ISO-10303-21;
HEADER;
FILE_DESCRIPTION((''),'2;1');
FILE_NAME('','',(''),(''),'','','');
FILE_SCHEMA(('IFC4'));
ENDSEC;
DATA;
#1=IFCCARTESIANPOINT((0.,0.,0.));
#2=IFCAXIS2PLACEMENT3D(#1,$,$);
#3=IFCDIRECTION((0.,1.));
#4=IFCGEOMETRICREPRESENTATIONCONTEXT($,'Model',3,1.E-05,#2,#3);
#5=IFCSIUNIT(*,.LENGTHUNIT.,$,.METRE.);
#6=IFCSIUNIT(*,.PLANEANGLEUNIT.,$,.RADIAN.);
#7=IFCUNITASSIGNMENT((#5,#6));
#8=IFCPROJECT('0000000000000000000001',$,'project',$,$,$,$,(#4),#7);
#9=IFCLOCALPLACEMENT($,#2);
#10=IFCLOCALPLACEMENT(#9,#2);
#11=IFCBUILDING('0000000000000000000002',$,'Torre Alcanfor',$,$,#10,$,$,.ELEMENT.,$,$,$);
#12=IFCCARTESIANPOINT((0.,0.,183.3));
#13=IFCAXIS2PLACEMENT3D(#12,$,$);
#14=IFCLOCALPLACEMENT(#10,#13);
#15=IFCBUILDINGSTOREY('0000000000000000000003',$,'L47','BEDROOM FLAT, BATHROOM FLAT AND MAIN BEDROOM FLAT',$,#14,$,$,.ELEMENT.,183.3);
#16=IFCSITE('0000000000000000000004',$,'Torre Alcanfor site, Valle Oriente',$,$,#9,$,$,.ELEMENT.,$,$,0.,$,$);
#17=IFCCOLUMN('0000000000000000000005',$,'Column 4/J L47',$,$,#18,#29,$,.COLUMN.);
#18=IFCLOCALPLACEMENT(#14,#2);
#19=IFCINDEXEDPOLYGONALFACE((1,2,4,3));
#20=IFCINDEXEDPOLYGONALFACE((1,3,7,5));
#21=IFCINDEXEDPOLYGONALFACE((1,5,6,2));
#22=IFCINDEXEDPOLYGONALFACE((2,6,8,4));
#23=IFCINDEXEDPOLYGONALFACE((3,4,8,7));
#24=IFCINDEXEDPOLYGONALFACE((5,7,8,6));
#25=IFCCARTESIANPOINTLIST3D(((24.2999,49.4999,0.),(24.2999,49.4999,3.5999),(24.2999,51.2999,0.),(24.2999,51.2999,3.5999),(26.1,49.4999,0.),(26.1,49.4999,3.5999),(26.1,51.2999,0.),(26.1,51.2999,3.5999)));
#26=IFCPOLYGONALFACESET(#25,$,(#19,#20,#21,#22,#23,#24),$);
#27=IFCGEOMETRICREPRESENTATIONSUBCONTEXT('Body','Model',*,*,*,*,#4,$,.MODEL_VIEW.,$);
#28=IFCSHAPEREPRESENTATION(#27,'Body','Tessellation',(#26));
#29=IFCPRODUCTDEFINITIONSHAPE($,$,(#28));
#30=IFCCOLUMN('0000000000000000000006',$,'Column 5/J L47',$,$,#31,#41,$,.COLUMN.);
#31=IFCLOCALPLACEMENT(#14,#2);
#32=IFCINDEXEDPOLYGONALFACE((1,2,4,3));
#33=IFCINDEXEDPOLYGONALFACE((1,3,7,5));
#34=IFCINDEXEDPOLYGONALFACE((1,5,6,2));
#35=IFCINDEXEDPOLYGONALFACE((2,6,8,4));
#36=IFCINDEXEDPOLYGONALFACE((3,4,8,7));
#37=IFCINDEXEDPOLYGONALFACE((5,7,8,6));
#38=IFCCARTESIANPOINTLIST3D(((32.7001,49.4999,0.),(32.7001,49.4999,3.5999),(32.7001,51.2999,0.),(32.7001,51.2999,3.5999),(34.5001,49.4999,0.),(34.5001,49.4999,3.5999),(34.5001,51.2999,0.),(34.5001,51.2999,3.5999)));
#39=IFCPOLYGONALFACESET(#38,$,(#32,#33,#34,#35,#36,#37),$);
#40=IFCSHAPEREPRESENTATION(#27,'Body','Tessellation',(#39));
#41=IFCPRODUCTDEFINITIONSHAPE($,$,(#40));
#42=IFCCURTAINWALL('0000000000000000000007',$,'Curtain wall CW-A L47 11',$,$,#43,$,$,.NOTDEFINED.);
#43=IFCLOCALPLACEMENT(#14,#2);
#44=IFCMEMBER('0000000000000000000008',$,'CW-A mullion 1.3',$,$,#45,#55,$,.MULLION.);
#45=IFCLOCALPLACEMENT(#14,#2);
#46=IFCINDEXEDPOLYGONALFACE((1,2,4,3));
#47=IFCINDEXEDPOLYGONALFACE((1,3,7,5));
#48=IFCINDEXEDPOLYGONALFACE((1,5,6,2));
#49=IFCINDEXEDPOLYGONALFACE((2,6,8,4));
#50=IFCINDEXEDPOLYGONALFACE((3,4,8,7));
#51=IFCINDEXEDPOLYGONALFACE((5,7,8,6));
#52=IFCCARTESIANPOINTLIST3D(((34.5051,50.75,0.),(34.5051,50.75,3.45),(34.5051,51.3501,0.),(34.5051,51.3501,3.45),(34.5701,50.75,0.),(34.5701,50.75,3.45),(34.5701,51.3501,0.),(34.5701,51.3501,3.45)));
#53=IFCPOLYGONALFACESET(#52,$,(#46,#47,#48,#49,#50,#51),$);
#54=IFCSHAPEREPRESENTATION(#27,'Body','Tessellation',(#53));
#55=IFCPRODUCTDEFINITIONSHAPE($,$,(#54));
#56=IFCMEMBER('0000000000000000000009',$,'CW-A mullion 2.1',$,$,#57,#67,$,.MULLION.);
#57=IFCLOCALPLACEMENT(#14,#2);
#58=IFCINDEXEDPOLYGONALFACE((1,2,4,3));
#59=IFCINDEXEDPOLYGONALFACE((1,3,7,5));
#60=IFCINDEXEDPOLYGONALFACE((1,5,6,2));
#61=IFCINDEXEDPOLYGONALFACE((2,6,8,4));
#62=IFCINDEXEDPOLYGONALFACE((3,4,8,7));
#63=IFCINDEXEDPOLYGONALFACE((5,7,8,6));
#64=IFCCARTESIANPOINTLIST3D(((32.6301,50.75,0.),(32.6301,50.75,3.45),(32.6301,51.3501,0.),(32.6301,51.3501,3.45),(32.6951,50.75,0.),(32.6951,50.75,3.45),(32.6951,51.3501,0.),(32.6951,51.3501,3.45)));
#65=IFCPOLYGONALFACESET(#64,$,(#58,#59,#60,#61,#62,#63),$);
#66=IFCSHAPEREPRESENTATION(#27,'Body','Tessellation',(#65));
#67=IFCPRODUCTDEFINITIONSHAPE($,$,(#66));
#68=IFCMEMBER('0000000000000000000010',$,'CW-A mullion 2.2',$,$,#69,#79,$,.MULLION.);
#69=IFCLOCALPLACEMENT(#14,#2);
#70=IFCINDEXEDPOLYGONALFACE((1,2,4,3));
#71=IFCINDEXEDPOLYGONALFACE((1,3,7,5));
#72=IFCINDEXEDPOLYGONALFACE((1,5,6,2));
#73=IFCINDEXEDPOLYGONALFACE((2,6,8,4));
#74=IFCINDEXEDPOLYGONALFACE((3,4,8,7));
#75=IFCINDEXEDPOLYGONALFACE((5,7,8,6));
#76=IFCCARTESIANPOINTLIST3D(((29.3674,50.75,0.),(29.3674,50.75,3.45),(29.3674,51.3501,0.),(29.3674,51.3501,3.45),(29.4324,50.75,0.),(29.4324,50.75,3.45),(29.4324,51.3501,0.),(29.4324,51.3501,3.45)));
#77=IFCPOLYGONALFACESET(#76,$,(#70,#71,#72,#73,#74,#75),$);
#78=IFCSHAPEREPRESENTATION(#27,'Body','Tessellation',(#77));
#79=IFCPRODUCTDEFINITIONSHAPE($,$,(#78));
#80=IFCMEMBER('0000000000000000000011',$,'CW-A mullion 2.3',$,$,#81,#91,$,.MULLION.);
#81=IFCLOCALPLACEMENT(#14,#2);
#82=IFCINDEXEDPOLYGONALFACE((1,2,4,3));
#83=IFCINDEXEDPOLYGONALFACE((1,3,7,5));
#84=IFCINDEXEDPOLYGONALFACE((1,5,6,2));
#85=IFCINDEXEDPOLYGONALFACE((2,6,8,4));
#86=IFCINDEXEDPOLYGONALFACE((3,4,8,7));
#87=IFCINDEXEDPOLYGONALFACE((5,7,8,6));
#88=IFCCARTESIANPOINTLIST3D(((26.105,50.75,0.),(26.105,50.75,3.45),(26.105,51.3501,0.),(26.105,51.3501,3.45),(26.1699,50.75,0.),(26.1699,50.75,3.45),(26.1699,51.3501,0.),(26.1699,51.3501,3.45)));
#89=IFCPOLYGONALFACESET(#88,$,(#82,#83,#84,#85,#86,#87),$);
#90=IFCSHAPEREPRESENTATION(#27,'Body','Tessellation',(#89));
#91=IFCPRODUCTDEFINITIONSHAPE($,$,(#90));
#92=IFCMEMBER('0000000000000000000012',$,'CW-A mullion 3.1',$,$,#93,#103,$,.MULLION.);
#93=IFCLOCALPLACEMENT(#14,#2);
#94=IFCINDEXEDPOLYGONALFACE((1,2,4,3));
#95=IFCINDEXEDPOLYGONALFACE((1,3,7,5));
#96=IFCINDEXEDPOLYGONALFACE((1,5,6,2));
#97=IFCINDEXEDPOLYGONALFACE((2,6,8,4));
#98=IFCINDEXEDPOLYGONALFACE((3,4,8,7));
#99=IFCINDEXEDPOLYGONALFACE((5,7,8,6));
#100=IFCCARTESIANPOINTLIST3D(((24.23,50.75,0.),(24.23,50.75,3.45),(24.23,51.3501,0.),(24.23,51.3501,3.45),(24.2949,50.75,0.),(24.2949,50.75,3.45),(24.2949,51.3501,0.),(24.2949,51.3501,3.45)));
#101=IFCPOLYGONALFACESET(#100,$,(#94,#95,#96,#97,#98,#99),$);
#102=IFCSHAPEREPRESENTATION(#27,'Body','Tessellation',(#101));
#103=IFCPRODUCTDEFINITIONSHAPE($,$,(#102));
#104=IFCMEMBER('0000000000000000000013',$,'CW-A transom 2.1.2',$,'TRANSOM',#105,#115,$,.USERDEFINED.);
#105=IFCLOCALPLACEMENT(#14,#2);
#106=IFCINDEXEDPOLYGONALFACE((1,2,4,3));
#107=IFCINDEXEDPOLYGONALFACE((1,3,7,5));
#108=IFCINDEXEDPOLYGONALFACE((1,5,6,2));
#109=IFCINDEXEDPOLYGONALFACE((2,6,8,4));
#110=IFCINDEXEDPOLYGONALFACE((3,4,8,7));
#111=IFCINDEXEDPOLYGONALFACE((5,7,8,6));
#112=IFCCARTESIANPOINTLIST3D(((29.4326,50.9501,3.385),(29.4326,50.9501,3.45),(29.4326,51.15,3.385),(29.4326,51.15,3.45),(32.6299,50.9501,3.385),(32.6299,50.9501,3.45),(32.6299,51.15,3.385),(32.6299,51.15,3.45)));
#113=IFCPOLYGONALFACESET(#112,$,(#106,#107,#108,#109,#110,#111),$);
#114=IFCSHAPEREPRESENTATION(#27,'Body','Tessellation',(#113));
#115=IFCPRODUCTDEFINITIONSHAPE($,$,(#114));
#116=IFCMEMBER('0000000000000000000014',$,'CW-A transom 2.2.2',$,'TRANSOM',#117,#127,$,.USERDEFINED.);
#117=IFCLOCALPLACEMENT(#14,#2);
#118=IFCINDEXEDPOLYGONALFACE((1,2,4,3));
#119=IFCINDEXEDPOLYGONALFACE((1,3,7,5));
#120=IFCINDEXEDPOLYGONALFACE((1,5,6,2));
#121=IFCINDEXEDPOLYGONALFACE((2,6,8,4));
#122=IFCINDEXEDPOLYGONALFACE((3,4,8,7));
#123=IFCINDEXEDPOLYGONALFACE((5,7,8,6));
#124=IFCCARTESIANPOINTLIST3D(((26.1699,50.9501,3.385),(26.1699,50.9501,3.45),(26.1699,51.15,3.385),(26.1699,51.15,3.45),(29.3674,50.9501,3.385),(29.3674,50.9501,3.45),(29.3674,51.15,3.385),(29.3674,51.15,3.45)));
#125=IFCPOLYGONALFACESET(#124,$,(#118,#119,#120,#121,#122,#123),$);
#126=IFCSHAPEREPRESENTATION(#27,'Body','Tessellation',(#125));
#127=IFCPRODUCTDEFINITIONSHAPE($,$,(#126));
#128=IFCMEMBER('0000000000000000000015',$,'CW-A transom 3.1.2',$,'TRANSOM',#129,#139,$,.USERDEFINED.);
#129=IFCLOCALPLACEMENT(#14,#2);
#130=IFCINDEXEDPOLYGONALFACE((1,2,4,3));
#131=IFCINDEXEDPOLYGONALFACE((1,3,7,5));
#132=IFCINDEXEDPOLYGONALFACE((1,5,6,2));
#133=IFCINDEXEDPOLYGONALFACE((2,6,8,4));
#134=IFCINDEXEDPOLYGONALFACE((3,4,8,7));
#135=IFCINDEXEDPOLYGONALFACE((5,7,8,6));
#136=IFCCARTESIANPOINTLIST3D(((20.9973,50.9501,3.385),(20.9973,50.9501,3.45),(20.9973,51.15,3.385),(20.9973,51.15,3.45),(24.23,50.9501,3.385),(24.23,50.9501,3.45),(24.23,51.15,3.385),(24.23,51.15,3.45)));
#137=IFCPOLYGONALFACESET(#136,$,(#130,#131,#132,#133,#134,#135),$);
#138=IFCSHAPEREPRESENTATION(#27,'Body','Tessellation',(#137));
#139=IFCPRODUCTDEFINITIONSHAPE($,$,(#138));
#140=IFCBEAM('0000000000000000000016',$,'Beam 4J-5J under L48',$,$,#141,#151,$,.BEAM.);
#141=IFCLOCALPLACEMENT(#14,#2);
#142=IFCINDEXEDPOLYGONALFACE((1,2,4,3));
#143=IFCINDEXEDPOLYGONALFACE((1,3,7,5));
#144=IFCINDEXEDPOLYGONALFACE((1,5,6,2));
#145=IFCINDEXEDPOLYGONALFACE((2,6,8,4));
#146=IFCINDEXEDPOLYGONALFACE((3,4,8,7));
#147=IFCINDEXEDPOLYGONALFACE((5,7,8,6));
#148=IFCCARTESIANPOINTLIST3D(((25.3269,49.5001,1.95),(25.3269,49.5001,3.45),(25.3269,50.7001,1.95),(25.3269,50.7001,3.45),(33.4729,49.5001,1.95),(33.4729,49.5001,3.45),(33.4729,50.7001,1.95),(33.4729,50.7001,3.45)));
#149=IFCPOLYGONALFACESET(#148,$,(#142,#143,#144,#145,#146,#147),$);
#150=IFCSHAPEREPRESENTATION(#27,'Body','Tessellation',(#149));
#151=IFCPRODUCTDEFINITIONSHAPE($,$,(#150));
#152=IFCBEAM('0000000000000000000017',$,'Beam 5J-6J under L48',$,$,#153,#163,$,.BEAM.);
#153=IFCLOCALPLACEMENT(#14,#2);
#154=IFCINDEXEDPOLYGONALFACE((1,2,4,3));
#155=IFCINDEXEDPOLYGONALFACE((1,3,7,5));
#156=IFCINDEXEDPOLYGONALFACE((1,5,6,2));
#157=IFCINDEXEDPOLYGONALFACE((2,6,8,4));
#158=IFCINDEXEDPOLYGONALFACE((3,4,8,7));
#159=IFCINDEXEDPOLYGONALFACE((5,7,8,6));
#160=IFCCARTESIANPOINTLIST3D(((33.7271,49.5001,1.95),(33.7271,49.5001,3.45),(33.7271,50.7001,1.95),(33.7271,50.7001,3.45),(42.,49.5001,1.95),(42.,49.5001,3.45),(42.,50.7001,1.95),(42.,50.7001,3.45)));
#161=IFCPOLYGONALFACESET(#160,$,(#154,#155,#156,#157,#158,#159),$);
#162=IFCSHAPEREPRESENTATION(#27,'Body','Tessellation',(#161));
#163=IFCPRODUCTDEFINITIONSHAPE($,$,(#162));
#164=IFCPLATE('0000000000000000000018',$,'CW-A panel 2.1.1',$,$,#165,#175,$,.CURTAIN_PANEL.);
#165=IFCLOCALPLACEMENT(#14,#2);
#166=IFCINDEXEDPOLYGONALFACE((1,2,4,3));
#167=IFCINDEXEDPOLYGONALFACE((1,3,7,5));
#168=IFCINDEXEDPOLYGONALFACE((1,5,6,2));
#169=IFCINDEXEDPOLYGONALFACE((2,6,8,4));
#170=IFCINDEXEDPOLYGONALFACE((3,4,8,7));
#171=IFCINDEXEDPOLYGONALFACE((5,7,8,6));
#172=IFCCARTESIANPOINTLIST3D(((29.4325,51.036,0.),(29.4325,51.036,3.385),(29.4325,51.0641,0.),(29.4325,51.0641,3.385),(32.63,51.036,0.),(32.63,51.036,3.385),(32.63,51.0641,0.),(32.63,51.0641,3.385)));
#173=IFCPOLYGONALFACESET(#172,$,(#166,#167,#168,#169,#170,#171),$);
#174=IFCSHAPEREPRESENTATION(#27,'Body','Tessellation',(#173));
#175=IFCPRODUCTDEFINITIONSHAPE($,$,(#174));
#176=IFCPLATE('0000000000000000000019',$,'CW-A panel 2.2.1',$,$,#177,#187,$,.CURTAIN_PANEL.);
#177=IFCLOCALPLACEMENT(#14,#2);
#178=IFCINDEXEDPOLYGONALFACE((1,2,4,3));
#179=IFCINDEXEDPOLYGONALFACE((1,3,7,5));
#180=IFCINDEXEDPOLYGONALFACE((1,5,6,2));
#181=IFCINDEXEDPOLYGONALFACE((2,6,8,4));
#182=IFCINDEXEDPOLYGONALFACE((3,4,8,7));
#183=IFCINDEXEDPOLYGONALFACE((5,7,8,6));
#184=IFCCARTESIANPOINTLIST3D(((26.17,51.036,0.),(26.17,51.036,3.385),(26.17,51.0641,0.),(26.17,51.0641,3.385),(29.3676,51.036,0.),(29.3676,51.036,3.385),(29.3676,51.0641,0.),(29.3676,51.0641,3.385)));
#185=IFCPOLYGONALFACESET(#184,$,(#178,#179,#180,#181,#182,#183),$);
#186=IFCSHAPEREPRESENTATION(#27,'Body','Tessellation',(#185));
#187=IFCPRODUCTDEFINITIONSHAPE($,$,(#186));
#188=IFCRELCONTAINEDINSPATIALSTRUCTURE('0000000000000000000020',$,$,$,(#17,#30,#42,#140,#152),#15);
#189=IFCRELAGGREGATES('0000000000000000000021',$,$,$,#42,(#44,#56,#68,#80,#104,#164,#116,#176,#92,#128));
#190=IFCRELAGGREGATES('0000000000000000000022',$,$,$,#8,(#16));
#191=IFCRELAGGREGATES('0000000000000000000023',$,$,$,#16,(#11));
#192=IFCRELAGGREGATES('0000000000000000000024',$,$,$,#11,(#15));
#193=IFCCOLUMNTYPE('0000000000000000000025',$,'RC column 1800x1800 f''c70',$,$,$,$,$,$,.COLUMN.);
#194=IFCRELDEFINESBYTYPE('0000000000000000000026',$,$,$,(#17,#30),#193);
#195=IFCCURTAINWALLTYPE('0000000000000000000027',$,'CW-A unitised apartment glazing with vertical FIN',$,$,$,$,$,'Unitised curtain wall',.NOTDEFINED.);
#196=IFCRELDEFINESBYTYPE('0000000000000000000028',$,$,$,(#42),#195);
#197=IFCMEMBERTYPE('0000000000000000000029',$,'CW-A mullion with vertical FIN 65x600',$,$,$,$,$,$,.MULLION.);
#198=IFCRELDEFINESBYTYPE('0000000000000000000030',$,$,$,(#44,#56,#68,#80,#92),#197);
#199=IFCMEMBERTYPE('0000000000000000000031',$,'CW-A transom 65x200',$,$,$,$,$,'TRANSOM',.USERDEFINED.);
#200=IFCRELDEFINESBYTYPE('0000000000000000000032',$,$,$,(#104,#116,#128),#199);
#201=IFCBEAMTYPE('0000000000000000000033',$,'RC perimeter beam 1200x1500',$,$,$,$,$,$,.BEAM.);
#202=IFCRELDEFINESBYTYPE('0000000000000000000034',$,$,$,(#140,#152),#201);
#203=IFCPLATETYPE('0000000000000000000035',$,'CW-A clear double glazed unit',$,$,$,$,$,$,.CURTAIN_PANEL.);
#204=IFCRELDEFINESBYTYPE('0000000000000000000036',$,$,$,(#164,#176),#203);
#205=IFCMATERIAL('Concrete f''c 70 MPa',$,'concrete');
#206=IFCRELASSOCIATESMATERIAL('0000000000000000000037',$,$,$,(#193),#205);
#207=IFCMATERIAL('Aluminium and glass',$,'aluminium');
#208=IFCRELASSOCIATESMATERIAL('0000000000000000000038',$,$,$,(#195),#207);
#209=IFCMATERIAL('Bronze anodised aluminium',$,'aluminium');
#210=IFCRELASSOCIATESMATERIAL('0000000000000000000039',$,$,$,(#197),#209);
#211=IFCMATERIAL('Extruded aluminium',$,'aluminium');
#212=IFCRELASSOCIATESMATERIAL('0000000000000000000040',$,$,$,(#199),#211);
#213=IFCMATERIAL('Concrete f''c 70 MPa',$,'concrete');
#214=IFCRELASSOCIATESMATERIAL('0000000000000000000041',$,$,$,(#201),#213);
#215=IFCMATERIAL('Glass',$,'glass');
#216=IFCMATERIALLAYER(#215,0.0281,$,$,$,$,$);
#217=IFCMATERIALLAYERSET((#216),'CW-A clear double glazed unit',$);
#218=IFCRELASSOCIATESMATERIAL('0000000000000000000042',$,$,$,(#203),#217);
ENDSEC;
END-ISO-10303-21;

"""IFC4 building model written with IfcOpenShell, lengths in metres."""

from ifc_helpers import new_model, si_unit, direction, frame, origin, origin_2d, place, context, subcontext, project, spatial, rectangle, extrude, material, layer, layer_set, material_profile, profile_set, type_object, element, aggregate, save


model = new_model("IFC4")

# Units and contexts
model_context = context("Model", 3, precision=1e-05, world=origin(), true_north=direction((0.0, 1.0)))
body_context = subcontext(model_context, "Body", "Model", "MODEL_VIEW")
ifc_project = project(units=[si_unit("LENGTHUNIT", "METRE"), si_unit("PLANEANGLEUNIT", "RADIAN")], contexts=[model_context])

# Site, building, storey
site_placement = place(None, origin())
site = spatial("IfcSite", under=ifc_project, at=site_placement, Name="Torre Alcanfor site, Valle Oriente", CompositionType="ELEMENT", RefElevation=0.0)
building_placement = place(site_placement, origin())
building = spatial("IfcBuilding", under=site, at=building_placement, Name="Torre Alcanfor", CompositionType="ELEMENT")
storey_placement = place(building_placement, frame((0.0, 0.0, 183.3)))
storey = spatial("IfcBuildingStorey", under=building, at=storey_placement, Name="L47", Description="BEDROOM FLAT, BATHROOM FLAT AND MAIN BEDROOM FLAT", CompositionType="ELEMENT", Elevation=183.3)

# Columns
ifc_material_1 = material(Name="Concrete f'c 70 MPa", Category="concrete")
ifc_material_profile_1 = material_profile(ifc_material_1, rectangle(XDim=1.8, YDim=1.8, at=origin_2d()), Name="1800x1800")
ifc_profile_set_1 = profile_set([ifc_material_profile_1], Name="Concrete f'c 70 MPa")
column_type = type_object("IfcColumnType", Name="RC column 1800x1800 f'c70", PredefinedType="COLUMN", material=ifc_profile_set_1)
for number, where, z_axis, x_axis, name in (
    (1, (25.2, 50.3999, 0.0), (0.0, 0.0, 1.0), (1.0, 0.0, 0.0), "Column 4/J L47"),
    (2, (33.6001, 50.3999, 0.0), (0.0, 0.0, 1.0), (1.0, 0.0, 0.0), "Column 5/J L47"),
):
    element("IfcColumn", number, at=place(storey_placement, frame(where, z_axis=z_axis, x_axis=x_axis)), inside=storey, type_object=column_type, Name=name, PredefinedType="COLUMN", context=body_context, shape_type="SweptSolid", body=[
        extrude(rectangle(XDim=1.8, YDim=1.8, at=origin_2d()), origin(), (0.0, 0.0, 1.0), 3.5999),
    ])

# Curtain wall, members
ifc_material_2 = material(Name="Aluminium and glass", Category="aluminium")
curtain_wall_type = type_object("IfcCurtainWallType", Name="CW-A unitised apartment glazing with vertical FIN", ElementType="Unitised curtain wall", PredefinedType="NOTDEFINED", material=ifc_material_2)
curtain_wall_placement = place(storey_placement, origin())
curtain_wall = element("IfcCurtainWall", 3, at=curtain_wall_placement, inside=storey, type_object=curtain_wall_type, Name="Curtain wall CW-A L47 11", PredefinedType="NOTDEFINED")
ifc_material_3 = material(Name="Bronze anodised aluminium", Category="aluminium")
ifc_material_profile_2 = material_profile(ifc_material_3, rectangle(XDim=0.6001, YDim=0.0649, at=origin_2d()), Name="CW-A mullion 65x600")
ifc_profile_set_2 = profile_set([ifc_material_profile_2], Name="Bronze anodised aluminium")
member_type_1 = type_object("IfcMemberType", Name="CW-A mullion with vertical FIN 65x600", PredefinedType="MULLION", material=ifc_profile_set_2)
member_1_placement = place(storey_placement, frame((34.5376, 51.05, 0.0), z_axis=(0.0, 0.0, 1.0), x_axis=(0.0, -1.0, 0.0)))
member_1 = element("IfcMember", 4, at=member_1_placement, type_object=member_type_1, Name="CW-A mullion 1.3", PredefinedType="MULLION", context=body_context, shape_type="SweptSolid", body=[
    extrude(rectangle(XDim=0.6001, YDim=0.0649, at=origin_2d()), origin(), (0.0, 0.0, 1.0), 3.45),
])
member_2_placement = place(storey_placement, frame((32.6626, 51.05, 0.0), z_axis=(0.0, 0.0, 1.0), x_axis=(0.0, -1.0, 0.0)))
member_2 = element("IfcMember", 5, at=member_2_placement, type_object=member_type_1, Name="CW-A mullion 2.1", PredefinedType="MULLION", context=body_context, shape_type="SweptSolid", body=[
    extrude(rectangle(XDim=0.6001, YDim=0.0649, at=origin_2d()), origin(), (0.0, 0.0, 1.0), 3.45),
])
member_3_placement = place(storey_placement, frame((29.3999, 51.05, 0.0), z_axis=(0.0, 0.0, 1.0), x_axis=(0.0, -1.0, 0.0)))
member_3 = element("IfcMember", 6, at=member_3_placement, type_object=member_type_1, Name="CW-A mullion 2.2", PredefinedType="MULLION", context=body_context, shape_type="SweptSolid", body=[
    extrude(rectangle(XDim=0.6001, YDim=0.0649, at=origin_2d()), origin(), (0.0, 0.0, 1.0), 3.45),
])
member_4_placement = place(storey_placement, frame((26.1375, 51.05, 0.0), z_axis=(0.0, 0.0, 1.0), x_axis=(0.0, -1.0, 0.0)))
member_4 = element("IfcMember", 7, at=member_4_placement, type_object=member_type_1, Name="CW-A mullion 2.3", PredefinedType="MULLION", context=body_context, shape_type="SweptSolid", body=[
    extrude(rectangle(XDim=0.6001, YDim=0.0649, at=origin_2d()), origin(), (0.0, 0.0, 1.0), 3.45),
])
member_5_placement = place(storey_placement, frame((24.2625, 51.05, 0.0), z_axis=(0.0, 0.0, 1.0), x_axis=(0.0, -1.0, 0.0)))
member_5 = element("IfcMember", 8, at=member_5_placement, type_object=member_type_1, Name="CW-A mullion 3.1", PredefinedType="MULLION", context=body_context, shape_type="SweptSolid", body=[
    extrude(rectangle(XDim=0.6001, YDim=0.0649, at=origin_2d()), origin(), (0.0, 0.0, 1.0), 3.45),
])
ifc_material_4 = material(Name="Extruded aluminium", Category="aluminium")
ifc_material_profile_3 = material_profile(ifc_material_4, rectangle(XDim=0.2, YDim=0.0649, at=origin_2d()), Name="CW-A transom 200x65")
ifc_profile_set_3 = profile_set([ifc_material_profile_3], Name="Extruded aluminium")
member_type_2 = type_object("IfcMemberType", Name="CW-A transom 65x200", ElementType="TRANSOM", PredefinedType="USERDEFINED", material=ifc_profile_set_3)
member_6_placement = place(storey_placement, frame((32.6299, 51.05, 3.4175), z_axis=(-1.0, 0.0, 0.0), x_axis=(0.0, -1.0, 0.0)))
member_6 = element("IfcMember", 9, at=member_6_placement, type_object=member_type_2, Name="CW-A transom 2.1.2", ObjectType="TRANSOM", PredefinedType="USERDEFINED", context=body_context, shape_type="SweptSolid", body=[
    extrude(rectangle(XDim=0.2, YDim=0.0649, at=origin_2d()), origin(), (0.0, 0.0, 1.0), 3.1973),
])
member_7_placement = place(storey_placement, frame((29.3674, 51.05, 3.4175), z_axis=(-1.0, 0.0, 0.0), x_axis=(0.0, -1.0, 0.0)))
member_7 = element("IfcMember", 10, at=member_7_placement, type_object=member_type_2, Name="CW-A transom 2.2.2", ObjectType="TRANSOM", PredefinedType="USERDEFINED", context=body_context, shape_type="SweptSolid", body=[
    extrude(rectangle(XDim=0.2, YDim=0.0649, at=origin_2d()), origin(), (0.0, 0.0, 1.0), 3.1975),
])
member_8_placement = place(storey_placement, frame((24.23, 51.05, 3.4175), z_axis=(-1.0, 0.0, 0.0), x_axis=(0.0, -1.0, 0.0)))
member_8 = element("IfcMember", 11, at=member_8_placement, type_object=member_type_2, Name="CW-A transom 3.1.2", ObjectType="TRANSOM", PredefinedType="USERDEFINED", context=body_context, shape_type="SweptSolid", body=[
    extrude(rectangle(XDim=0.2, YDim=0.0649, at=origin_2d()), origin(), (0.0, 0.0, 1.0), 3.2327),
])

# Beams
ifc_material_5 = material(Name="Concrete f'c 70 MPa", Category="concrete")
ifc_material_profile_4 = material_profile(ifc_material_5, rectangle(XDim=1.2, YDim=1.5, at=origin_2d()), Name="1200x1500")
ifc_profile_set_4 = profile_set([ifc_material_profile_4], Name="Concrete f'c 70 MPa")
beam_type = type_object("IfcBeamType", Name="RC perimeter beam 1200x1500", PredefinedType="BEAM", material=ifc_profile_set_4)
beam_1_placement = place(storey_placement, frame((25.3269, 50.1001, 2.7), z_axis=(1.0, 0.0, 0.0), x_axis=(0.0, 1.0, 0.0)))
element("IfcBeam", 12, at=beam_1_placement, inside=storey, type_object=beam_type, Name="Beam 4J-5J under L48", PredefinedType="BEAM", context=body_context, shape_type="SweptSolid", body=[
    extrude(rectangle(XDim=1.2, YDim=1.5, at=origin_2d()), origin(), (0.0, 0.0, 1.0), 8.146),
])
beam_2_placement = place(storey_placement, frame((33.7271, 50.1001, 2.7), z_axis=(1.0, 0.0, 0.0), x_axis=(0.0, 1.0, 0.0)))
element("IfcBeam", 13, at=beam_2_placement, inside=storey, type_object=beam_type, Name="Beam 5J-6J under L48", PredefinedType="BEAM", context=body_context, shape_type="SweptSolid", body=[
    extrude(rectangle(XDim=1.2, YDim=1.5, at=origin_2d()), origin(), (0.0, 0.0, 1.0), 8.2729),
])

# Plates
ifc_material_6 = material(Name="Glass", Category="glass")
ifc_layer_1 = layer(ifc_material_6, 0.0281)
ifc_layer_set_1 = layer_set([ifc_layer_1], Name="CW-A clear double glazed unit")
plate_type = type_object("IfcPlateType", Name="CW-A clear double glazed unit", PredefinedType="CURTAIN_PANEL", material=ifc_layer_set_1)
plate_1_placement = place(storey_placement, frame((31.0312, 51.05, 0.0), z_axis=(0.0, 0.0, 1.0), x_axis=(-1.0, 0.0, 0.0)))
plate_1 = element("IfcPlate", 14, at=plate_1_placement, type_object=plate_type, Name="CW-A panel 2.1.1", PredefinedType="CURTAIN_PANEL", context=body_context, shape_type="SweptSolid", body=[
    extrude(rectangle(XDim=3.1975, YDim=0.0281, at=origin_2d()), origin(), (0.0, 0.0, 1.0), 3.385),
])
plate_2_placement = place(storey_placement, frame((27.7688, 51.05, 0.0), z_axis=(0.0, 0.0, 1.0), x_axis=(-1.0, 0.0, 0.0)))
plate_2 = element("IfcPlate", 15, at=plate_2_placement, type_object=plate_type, Name="CW-A panel 2.2.1", PredefinedType="CURTAIN_PANEL", context=body_context, shape_type="SweptSolid", body=[
    extrude(rectangle(XDim=3.1975, YDim=0.0281, at=origin_2d()), origin(), (0.0, 0.0, 1.0), 3.385),
])
aggregate(curtain_wall, [member_1, member_2, member_3, member_4, member_6, plate_1, member_7, plate_2, member_5, member_8])

save(model, "model.ifc")
